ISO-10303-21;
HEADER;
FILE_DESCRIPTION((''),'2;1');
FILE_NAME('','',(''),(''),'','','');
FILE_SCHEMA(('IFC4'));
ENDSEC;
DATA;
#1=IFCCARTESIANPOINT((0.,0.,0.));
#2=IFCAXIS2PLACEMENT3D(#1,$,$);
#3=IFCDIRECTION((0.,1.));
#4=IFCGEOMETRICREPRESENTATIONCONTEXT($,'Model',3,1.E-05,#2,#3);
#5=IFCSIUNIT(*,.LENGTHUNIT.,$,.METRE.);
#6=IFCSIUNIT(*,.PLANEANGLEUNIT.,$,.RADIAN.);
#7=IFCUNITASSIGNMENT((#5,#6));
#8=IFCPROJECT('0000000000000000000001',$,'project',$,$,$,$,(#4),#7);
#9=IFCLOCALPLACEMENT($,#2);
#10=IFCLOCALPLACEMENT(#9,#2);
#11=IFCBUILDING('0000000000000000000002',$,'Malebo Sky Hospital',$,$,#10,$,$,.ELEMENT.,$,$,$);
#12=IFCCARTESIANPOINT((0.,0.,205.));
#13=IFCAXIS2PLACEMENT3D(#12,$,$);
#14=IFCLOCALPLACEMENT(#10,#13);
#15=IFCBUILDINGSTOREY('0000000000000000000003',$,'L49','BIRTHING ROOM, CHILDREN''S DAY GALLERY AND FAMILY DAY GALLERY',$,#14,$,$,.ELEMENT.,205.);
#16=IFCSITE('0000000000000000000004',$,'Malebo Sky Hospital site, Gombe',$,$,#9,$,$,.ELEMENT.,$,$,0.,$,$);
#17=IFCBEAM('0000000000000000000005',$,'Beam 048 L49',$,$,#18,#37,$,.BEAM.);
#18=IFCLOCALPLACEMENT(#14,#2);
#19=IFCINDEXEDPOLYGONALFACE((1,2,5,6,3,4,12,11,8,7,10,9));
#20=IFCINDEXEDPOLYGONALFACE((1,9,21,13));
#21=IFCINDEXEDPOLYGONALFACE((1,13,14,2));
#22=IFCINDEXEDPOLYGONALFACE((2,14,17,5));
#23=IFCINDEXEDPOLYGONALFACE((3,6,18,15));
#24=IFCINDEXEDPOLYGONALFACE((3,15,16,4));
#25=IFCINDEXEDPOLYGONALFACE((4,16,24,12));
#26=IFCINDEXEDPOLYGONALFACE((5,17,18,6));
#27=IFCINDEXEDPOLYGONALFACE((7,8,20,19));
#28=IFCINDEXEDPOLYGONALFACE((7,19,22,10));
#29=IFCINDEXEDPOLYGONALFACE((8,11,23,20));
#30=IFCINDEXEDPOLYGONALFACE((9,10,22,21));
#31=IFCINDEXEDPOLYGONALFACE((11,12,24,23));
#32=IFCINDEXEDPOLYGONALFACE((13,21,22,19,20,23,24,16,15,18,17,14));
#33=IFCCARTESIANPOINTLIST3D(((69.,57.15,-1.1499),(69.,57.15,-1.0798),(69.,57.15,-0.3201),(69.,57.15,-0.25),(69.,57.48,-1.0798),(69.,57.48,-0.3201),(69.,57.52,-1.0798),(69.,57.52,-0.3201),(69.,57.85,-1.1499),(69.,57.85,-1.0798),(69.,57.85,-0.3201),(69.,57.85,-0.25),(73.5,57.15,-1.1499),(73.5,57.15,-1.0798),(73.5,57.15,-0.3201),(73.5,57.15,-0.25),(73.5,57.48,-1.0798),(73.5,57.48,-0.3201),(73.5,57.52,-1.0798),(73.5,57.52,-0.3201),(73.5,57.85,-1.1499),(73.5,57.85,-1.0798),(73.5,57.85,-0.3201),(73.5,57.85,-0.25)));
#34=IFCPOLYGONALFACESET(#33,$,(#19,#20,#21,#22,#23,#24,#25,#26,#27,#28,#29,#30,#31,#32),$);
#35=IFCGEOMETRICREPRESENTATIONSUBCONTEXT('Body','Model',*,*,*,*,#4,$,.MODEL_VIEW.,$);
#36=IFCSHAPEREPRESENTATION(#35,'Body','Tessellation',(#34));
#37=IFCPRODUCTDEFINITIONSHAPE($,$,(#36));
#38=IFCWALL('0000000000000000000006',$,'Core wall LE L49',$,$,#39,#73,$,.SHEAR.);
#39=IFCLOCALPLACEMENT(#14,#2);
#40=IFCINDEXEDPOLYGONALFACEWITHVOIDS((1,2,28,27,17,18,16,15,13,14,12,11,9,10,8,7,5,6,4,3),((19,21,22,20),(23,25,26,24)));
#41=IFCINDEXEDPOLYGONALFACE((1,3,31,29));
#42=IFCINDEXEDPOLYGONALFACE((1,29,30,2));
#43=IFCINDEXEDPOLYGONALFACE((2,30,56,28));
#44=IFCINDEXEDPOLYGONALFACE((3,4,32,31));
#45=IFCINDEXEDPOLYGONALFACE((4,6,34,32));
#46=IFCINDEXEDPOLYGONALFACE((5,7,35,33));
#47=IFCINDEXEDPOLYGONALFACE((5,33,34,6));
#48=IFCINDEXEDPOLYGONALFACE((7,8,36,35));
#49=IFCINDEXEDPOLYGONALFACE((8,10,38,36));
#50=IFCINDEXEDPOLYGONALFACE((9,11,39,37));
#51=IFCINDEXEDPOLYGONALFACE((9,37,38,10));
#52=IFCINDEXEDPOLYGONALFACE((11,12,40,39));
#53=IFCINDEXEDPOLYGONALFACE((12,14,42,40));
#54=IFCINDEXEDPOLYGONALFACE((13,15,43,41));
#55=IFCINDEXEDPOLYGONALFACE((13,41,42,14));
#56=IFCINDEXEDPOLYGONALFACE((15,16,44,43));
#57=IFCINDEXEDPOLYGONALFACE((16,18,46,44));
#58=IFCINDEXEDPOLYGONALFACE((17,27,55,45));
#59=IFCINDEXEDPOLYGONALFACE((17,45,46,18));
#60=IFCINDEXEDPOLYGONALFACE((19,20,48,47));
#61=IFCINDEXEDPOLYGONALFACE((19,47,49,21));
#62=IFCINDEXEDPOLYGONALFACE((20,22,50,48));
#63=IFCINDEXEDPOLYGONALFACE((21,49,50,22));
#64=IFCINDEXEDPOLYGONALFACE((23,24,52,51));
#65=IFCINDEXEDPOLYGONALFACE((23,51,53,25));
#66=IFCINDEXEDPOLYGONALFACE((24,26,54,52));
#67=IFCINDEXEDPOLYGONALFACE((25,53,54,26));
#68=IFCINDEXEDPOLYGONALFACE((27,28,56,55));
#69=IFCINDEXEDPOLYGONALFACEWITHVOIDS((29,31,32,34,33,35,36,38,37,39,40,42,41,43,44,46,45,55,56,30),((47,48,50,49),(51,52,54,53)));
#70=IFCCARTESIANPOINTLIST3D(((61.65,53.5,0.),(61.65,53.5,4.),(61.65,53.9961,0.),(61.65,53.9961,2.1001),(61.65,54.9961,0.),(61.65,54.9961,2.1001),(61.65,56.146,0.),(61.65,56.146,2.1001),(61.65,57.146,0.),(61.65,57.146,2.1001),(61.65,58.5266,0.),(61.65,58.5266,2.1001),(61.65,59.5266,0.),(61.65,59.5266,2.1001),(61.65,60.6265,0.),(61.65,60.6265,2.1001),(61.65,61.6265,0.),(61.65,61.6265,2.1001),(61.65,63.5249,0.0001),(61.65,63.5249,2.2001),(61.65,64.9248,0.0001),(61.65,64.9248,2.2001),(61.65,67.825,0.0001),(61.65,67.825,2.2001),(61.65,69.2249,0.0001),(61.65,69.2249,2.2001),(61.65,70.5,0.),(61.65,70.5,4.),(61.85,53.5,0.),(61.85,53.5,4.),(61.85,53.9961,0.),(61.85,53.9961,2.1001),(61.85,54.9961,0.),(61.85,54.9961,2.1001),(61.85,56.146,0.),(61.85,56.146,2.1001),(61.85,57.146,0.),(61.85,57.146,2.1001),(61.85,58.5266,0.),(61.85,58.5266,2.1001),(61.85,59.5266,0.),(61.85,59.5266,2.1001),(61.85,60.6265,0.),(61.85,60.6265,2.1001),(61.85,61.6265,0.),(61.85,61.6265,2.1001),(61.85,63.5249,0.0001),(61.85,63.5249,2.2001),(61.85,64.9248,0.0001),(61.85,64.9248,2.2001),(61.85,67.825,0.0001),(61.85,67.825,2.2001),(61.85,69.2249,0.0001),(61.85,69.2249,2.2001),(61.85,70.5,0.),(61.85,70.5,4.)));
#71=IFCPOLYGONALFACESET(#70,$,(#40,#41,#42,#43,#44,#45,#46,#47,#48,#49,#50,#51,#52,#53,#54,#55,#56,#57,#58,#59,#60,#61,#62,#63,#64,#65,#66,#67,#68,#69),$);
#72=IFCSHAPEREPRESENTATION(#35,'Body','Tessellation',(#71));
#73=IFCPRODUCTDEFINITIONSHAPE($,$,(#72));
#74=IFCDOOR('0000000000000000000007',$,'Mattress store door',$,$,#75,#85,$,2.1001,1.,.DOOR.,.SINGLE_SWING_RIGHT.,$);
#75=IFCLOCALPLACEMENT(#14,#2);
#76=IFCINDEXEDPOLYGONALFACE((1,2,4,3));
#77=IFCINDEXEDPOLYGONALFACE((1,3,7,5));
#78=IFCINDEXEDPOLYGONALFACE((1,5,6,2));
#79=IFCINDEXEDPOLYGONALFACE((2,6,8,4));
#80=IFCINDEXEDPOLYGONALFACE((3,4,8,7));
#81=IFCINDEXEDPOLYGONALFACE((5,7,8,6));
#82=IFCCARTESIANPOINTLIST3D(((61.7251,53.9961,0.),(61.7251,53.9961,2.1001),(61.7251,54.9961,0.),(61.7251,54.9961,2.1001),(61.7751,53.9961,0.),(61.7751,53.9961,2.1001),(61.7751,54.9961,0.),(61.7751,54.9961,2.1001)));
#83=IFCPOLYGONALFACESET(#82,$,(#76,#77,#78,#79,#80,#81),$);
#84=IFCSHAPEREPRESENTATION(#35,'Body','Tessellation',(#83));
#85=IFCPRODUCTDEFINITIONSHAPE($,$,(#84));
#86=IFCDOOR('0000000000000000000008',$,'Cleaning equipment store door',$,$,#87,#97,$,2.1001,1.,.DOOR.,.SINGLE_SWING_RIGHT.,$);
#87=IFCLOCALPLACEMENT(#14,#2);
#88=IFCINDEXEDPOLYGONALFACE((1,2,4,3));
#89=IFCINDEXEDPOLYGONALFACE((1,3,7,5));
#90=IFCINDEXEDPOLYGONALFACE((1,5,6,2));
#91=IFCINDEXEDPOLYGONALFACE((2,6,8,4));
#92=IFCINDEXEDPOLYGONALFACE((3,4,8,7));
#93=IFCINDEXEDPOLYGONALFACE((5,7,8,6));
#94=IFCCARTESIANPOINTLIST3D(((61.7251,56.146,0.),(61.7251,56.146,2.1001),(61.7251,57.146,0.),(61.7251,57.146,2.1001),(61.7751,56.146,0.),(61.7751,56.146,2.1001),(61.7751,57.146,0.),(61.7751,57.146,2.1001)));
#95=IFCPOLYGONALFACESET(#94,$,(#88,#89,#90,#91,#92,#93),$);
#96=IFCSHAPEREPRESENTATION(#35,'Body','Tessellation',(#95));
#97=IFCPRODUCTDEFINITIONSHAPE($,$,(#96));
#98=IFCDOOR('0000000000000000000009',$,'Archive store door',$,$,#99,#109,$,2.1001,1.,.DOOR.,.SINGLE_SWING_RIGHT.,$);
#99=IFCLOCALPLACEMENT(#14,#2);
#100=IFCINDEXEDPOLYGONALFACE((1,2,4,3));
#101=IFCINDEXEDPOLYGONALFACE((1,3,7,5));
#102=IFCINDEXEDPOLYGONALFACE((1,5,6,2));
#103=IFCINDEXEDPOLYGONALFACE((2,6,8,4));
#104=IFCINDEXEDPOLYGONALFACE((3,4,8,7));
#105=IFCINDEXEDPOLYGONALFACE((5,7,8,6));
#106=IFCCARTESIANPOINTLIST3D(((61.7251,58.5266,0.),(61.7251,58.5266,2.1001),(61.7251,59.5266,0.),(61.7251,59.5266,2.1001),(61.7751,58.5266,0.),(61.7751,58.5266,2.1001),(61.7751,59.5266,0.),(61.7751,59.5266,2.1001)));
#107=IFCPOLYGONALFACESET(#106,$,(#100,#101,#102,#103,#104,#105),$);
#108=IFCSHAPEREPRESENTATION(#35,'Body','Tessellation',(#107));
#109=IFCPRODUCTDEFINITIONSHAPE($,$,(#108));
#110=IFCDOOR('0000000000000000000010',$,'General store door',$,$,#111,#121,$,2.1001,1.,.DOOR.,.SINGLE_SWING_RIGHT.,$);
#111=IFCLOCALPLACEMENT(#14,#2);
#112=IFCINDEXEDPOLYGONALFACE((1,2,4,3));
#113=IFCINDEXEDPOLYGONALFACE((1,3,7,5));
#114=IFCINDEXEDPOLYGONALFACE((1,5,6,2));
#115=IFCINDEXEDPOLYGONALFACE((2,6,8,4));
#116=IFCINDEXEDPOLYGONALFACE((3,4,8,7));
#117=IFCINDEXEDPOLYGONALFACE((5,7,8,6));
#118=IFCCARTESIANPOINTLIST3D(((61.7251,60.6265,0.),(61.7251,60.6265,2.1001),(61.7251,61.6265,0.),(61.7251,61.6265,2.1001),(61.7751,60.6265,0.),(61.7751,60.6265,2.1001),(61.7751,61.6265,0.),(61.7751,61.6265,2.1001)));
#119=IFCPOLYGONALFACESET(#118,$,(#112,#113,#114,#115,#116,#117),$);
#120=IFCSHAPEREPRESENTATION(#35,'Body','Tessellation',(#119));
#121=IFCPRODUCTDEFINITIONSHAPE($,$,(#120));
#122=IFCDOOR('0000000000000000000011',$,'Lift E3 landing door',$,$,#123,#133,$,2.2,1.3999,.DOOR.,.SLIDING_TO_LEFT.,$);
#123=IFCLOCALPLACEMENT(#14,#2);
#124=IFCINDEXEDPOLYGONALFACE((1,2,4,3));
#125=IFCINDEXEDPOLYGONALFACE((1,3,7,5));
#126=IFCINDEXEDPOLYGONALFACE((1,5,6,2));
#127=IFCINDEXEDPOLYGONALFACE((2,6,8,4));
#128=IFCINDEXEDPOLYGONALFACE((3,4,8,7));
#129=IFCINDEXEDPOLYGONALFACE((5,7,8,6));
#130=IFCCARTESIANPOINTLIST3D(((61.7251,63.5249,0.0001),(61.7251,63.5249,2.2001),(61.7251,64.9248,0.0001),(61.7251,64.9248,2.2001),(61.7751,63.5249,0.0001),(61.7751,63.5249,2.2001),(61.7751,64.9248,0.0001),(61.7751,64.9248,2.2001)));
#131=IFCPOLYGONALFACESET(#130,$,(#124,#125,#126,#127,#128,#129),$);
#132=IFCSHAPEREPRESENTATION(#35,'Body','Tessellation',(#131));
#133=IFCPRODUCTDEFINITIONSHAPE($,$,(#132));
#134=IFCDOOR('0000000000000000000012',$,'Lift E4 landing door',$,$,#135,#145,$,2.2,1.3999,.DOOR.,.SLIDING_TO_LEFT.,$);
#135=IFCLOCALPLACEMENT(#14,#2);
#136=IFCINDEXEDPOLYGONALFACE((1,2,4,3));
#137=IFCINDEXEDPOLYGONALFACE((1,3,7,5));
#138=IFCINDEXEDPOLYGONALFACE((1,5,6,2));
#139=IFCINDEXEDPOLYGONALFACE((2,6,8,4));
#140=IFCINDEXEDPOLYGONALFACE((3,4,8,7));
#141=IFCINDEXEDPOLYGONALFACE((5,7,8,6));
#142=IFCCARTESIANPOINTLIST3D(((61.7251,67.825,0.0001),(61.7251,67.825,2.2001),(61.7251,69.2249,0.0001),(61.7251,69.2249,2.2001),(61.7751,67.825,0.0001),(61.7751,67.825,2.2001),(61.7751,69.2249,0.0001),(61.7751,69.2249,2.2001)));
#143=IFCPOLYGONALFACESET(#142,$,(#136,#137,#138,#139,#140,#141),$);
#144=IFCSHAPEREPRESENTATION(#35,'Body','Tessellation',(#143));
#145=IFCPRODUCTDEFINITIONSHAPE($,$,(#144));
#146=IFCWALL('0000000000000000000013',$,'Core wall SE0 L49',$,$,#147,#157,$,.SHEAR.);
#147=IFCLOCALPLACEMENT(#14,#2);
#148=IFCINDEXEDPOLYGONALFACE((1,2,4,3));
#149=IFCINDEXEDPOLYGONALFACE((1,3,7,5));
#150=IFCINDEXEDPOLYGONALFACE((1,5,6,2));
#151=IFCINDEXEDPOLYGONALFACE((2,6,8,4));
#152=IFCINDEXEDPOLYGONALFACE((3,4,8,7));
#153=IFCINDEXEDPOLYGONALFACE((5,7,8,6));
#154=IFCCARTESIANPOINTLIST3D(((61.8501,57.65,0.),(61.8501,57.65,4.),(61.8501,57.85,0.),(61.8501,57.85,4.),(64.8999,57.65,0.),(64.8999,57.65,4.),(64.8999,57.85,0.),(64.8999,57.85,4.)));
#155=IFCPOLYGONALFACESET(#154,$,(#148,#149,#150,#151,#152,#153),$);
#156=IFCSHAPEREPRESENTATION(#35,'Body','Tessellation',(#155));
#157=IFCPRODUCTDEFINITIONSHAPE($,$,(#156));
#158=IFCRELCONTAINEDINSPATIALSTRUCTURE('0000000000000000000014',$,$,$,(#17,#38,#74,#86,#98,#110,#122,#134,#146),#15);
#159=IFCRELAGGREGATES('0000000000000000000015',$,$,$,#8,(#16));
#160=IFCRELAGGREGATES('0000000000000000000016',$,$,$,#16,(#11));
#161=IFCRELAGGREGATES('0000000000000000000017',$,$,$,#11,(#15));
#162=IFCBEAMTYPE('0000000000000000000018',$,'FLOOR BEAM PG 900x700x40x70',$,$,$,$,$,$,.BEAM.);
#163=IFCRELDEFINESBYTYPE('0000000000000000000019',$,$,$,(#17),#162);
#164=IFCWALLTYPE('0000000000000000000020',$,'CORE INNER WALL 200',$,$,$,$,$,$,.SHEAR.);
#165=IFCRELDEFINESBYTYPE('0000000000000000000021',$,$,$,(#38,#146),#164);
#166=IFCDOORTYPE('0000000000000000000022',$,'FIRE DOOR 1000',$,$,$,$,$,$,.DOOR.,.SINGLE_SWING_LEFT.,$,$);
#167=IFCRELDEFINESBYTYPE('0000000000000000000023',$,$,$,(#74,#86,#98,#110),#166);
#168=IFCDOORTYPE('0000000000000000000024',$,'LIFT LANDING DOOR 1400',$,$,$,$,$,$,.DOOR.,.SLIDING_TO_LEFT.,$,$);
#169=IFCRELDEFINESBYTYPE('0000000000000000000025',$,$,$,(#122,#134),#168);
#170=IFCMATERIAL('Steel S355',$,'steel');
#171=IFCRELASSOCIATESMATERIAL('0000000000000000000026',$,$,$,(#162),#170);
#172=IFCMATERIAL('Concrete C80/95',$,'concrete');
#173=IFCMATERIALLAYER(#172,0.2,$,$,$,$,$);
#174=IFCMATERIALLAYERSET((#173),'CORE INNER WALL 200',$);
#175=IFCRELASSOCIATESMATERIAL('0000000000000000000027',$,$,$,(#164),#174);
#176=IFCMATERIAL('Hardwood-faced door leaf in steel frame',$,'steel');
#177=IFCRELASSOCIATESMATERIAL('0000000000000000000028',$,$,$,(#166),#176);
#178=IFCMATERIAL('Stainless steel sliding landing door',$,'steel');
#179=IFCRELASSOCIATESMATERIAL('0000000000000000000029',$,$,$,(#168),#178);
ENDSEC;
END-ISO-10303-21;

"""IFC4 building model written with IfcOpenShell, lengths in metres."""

from ifc_helpers import new_model, si_unit, direction, frame, frame_2d, origin, origin_2d, place, context, subcontext, project, spatial, rectangle, i_section, extrude, material, layer, layer_set, material_profile, profile_set, type_object, element, fill, save


model = new_model("IFC4")

# Units and contexts
model_context = context("Model", 3, precision=1e-05, world=origin(), true_north=direction((0.0, 1.0)))
body_context = subcontext(model_context, "Body", "Model", "MODEL_VIEW")
ifc_project = project(units=[si_unit("LENGTHUNIT", "METRE"), si_unit("PLANEANGLEUNIT", "RADIAN")], contexts=[model_context])

# Site, building, storey
site_placement = place(None, origin())
site = spatial("IfcSite", under=ifc_project, at=site_placement, Name="Malebo Sky Hospital site, Gombe", CompositionType="ELEMENT", RefElevation=0.0)
building_placement = place(site_placement, origin())
building = spatial("IfcBuilding", under=site, at=building_placement, Name="Malebo Sky Hospital", CompositionType="ELEMENT")
storey_placement = place(building_placement, frame((0.0, 0.0, 205.0)))
storey = spatial("IfcBuildingStorey", under=building, at=storey_placement, Name="L49", Description="BIRTHING ROOM, CHILDREN'S DAY GALLERY AND FAMILY DAY GALLERY", CompositionType="ELEMENT", Elevation=205.0)

# Beam
ifc_material_1 = material(Name="Steel S355", Category="steel")
ifc_material_profile = material_profile(ifc_material_1, i_section(OverallWidth=0.7, OverallDepth=0.8999, WebThickness=0.04, FlangeThickness=0.0701, at=origin_2d()), Name="PG 900x700x40x70")
ifc_profile_set = profile_set([ifc_material_profile], Name="Steel S355")
beam_type = type_object("IfcBeamType", Name="FLOOR BEAM PG 900x700x40x70", PredefinedType="BEAM", material=ifc_profile_set)
beam_placement = place(storey_placement, frame((69.0, 57.5, -0.7), z_axis=(1.0, 0.0, 0.0), x_axis=(0.0, 1.0, 0.0)))
element("IfcBeam", 1, at=beam_placement, inside=storey, type_object=beam_type, Name="Beam 048 L49", PredefinedType="BEAM", context=body_context, shape_type="SweptSolid", body=[
    extrude(i_section(OverallWidth=0.7, OverallDepth=0.8999, WebThickness=0.04, FlangeThickness=0.0701, at=origin_2d()), origin(), (0.0, 0.0, 1.0), 4.5),
])

# Wall, openings, doors
ifc_material_2 = material(Name="Concrete C80/95", Category="concrete")
ifc_layer_1 = layer(ifc_material_2, 0.2)
ifc_layer_set_1 = layer_set([ifc_layer_1], Name="CORE INNER WALL 200")
wall_type_1 = type_object("IfcWallType", Name="CORE INNER WALL 200", PredefinedType="SHEAR", material=ifc_layer_set_1)
wall_1_placement = place(storey_placement, frame((61.75, 53.5, 0.0), z_axis=(0.0, 0.0, 1.0), x_axis=(0.0, 1.0, 0.0)))
wall_1 = element("IfcWall", 2, at=wall_1_placement, inside=storey, type_object=wall_type_1, Name="Core wall LE L49", PredefinedType="SHEAR", context=body_context, shape_type="SweptSolid", body=[
    extrude(rectangle(XDim=17.0, YDim=0.2, at=frame_2d((8.5, 0.0))), origin(), (0.0, 0.0, 1.0), 4.0),
])
opening_1_placement = place(wall_1_placement, frame((0.4961, 0.0, 0.0)))
opening_1 = element("IfcOpeningElement", 3, at=opening_1_placement, cuts=wall_1, PredefinedType="OPENING", context=body_context, shape_type="SweptSolid", body=[
    extrude(rectangle(XDim=1.0, YDim=2.1001, at=frame_2d((0.5, 1.05))), frame((0.0, 0.1099, 0.0), z_axis=(0.0, -1.0, 0.0), x_axis=(1.0, 0.0, 0.0)), (0.0, 0.0, 1.0), 0.22),
])
opening_2_placement = place(wall_1_placement, frame((2.646, 0.0, 0.0)))
opening_2 = element("IfcOpeningElement", 4, at=opening_2_placement, cuts=wall_1, PredefinedType="OPENING", context=body_context, shape_type="SweptSolid", body=[
    extrude(rectangle(XDim=1.0, YDim=2.1001, at=frame_2d((0.5, 1.05))), frame((0.0, 0.1099, 0.0), z_axis=(0.0, -1.0, 0.0), x_axis=(1.0, 0.0, 0.0)), (0.0, 0.0, 1.0), 0.22),
])
opening_3_placement = place(wall_1_placement, frame((5.0266, 0.0, 0.0)))
opening_3 = element("IfcOpeningElement", 5, at=opening_3_placement, cuts=wall_1, PredefinedType="OPENING", context=body_context, shape_type="SweptSolid", body=[
    extrude(rectangle(XDim=1.0, YDim=2.1001, at=frame_2d((0.5, 1.05))), frame((0.0, 0.1099, 0.0), z_axis=(0.0, -1.0, 0.0), x_axis=(1.0, 0.0, 0.0)), (0.0, 0.0, 1.0), 0.22),
])
opening_4_placement = place(wall_1_placement, frame((7.1265, 0.0, 0.0)))
opening_4 = element("IfcOpeningElement", 6, at=opening_4_placement, cuts=wall_1, PredefinedType="OPENING", context=body_context, shape_type="SweptSolid", body=[
    extrude(rectangle(XDim=1.0, YDim=2.1001, at=frame_2d((0.5, 1.05))), frame((0.0, 0.1099, 0.0), z_axis=(0.0, -1.0, 0.0), x_axis=(1.0, 0.0, 0.0)), (0.0, 0.0, 1.0), 0.22),
])
opening_5_placement = place(wall_1_placement, frame((10.0249, 0.0, 0.0)))
opening_5 = element("IfcOpeningElement", 7, at=opening_5_placement, cuts=wall_1, PredefinedType="OPENING", context=body_context, shape_type="SweptSolid", body=[
    extrude(rectangle(XDim=1.3999, YDim=2.2, at=frame_2d((0.7, 1.1001))), frame((0.0, 0.1099, 0.0), z_axis=(0.0, -1.0, 0.0), x_axis=(1.0, 0.0, 0.0)), (0.0, 0.0, 1.0), 0.22),
])
opening_6_placement = place(wall_1_placement, frame((14.325, 0.0, 0.0)))
opening_6 = element("IfcOpeningElement", 8, at=opening_6_placement, cuts=wall_1, PredefinedType="OPENING", context=body_context, shape_type="SweptSolid", body=[
    extrude(rectangle(XDim=1.3999, YDim=2.2, at=frame_2d((0.7, 1.1001))), frame((0.0, 0.1099, 0.0), z_axis=(0.0, -1.0, 0.0), x_axis=(1.0, 0.0, 0.0)), (0.0, 0.0, 1.0), 0.22),
])
ifc_material_3 = material(Name="Hardwood-faced door leaf in steel frame", Category="steel")
door_type_1 = type_object("IfcDoorType", Name="FIRE DOOR 1000", OperationType="SINGLE_SWING_LEFT", PredefinedType="DOOR", material=ifc_material_3)
door_1_placement = place(opening_1_placement, origin())
door_1 = element("IfcDoor", 9, at=door_1_placement, inside=storey, type_object=door_type_1, Name="Mattress store door", OperationType="SINGLE_SWING_RIGHT", OverallHeight=2.1001, OverallWidth=1.0, PredefinedType="DOOR", context=body_context, shape_type="SweptSolid", body=[
    extrude(rectangle(XDim=1.0, YDim=2.1001, at=frame_2d((0.5, 1.05))), frame((0.0, 0.0249, 0.0), z_axis=(0.0, -1.0, 0.0), x_axis=(1.0, 0.0, 0.0)), (0.0, 0.0, 1.0), 0.05),
])
fill(opening_1, door_1)
door_2_placement = place(opening_2_placement, origin())
door_2 = element("IfcDoor", 10, at=door_2_placement, inside=storey, type_object=door_type_1, Name="Cleaning equipment store door", OperationType="SINGLE_SWING_RIGHT", OverallHeight=2.1001, OverallWidth=1.0, PredefinedType="DOOR", context=body_context, shape_type="SweptSolid", body=[
    extrude(rectangle(XDim=1.0, YDim=2.1001, at=frame_2d((0.5, 1.05))), frame((0.0, 0.0249, 0.0), z_axis=(0.0, -1.0, 0.0), x_axis=(1.0, 0.0, 0.0)), (0.0, 0.0, 1.0), 0.05),
])
fill(opening_2, door_2)
door_3_placement = place(opening_3_placement, origin())
door_3 = element("IfcDoor", 11, at=door_3_placement, inside=storey, type_object=door_type_1, Name="Archive store door", OperationType="SINGLE_SWING_RIGHT", OverallHeight=2.1001, OverallWidth=1.0, PredefinedType="DOOR", context=body_context, shape_type="SweptSolid", body=[
    extrude(rectangle(XDim=1.0, YDim=2.1001, at=frame_2d((0.5, 1.05))), frame((0.0, 0.0249, 0.0), z_axis=(0.0, -1.0, 0.0), x_axis=(1.0, 0.0, 0.0)), (0.0, 0.0, 1.0), 0.05),
])
fill(opening_3, door_3)
door_4_placement = place(opening_4_placement, origin())
door_4 = element("IfcDoor", 12, at=door_4_placement, inside=storey, type_object=door_type_1, Name="General store door", OperationType="SINGLE_SWING_RIGHT", OverallHeight=2.1001, OverallWidth=1.0, PredefinedType="DOOR", context=body_context, shape_type="SweptSolid", body=[
    extrude(rectangle(XDim=1.0, YDim=2.1001, at=frame_2d((0.5, 1.05))), frame((0.0, 0.0249, 0.0), z_axis=(0.0, -1.0, 0.0), x_axis=(1.0, 0.0, 0.0)), (0.0, 0.0, 1.0), 0.05),
])
fill(opening_4, door_4)
ifc_material_4 = material(Name="Stainless steel sliding landing door", Category="steel")
door_type_2 = type_object("IfcDoorType", Name="LIFT LANDING DOOR 1400", OperationType="SLIDING_TO_LEFT", PredefinedType="DOOR", material=ifc_material_4)
door_5_placement = place(opening_5_placement, origin())
door_5 = element("IfcDoor", 13, at=door_5_placement, inside=storey, type_object=door_type_2, Name="Lift E3 landing door", OperationType="SLIDING_TO_LEFT", OverallHeight=2.2, OverallWidth=1.3999, PredefinedType="DOOR", context=body_context, shape_type="SweptSolid", body=[
    extrude(rectangle(XDim=1.3999, YDim=2.2, at=frame_2d((0.7, 1.1001))), frame((0.0, 0.0249, 0.0), z_axis=(0.0, -1.0, 0.0), x_axis=(1.0, 0.0, 0.0)), (0.0, 0.0, 1.0), 0.05),
])
fill(opening_5, door_5)
door_6_placement = place(opening_6_placement, origin())
door_6 = element("IfcDoor", 14, at=door_6_placement, inside=storey, type_object=door_type_2, Name="Lift E4 landing door", OperationType="SLIDING_TO_LEFT", OverallHeight=2.2, OverallWidth=1.3999, PredefinedType="DOOR", context=body_context, shape_type="SweptSolid", body=[
    extrude(rectangle(XDim=1.3999, YDim=2.2, at=frame_2d((0.7, 1.1001))), frame((0.0, 0.0249, 0.0), z_axis=(0.0, -1.0, 0.0), x_axis=(1.0, 0.0, 0.0)), (0.0, 0.0, 1.0), 0.05),
])
fill(opening_6, door_6)

# Wall
wall_2_placement = place(storey_placement, frame((61.8501, 57.75, 0.0), z_axis=(0.0, 0.0, 1.0), x_axis=(1.0, 0.0, 0.0)))
element("IfcWall", 15, at=wall_2_placement, inside=storey, type_object=wall_type_1, Name="Core wall SE0 L49", PredefinedType="SHEAR", context=body_context, shape_type="SweptSolid", body=[
    extrude(rectangle(XDim=3.0498, YDim=0.2, at=frame_2d((1.5249, 0.0))), origin(), (0.0, 0.0, 1.0), 4.0),
])

save(model, "model.ifc")
